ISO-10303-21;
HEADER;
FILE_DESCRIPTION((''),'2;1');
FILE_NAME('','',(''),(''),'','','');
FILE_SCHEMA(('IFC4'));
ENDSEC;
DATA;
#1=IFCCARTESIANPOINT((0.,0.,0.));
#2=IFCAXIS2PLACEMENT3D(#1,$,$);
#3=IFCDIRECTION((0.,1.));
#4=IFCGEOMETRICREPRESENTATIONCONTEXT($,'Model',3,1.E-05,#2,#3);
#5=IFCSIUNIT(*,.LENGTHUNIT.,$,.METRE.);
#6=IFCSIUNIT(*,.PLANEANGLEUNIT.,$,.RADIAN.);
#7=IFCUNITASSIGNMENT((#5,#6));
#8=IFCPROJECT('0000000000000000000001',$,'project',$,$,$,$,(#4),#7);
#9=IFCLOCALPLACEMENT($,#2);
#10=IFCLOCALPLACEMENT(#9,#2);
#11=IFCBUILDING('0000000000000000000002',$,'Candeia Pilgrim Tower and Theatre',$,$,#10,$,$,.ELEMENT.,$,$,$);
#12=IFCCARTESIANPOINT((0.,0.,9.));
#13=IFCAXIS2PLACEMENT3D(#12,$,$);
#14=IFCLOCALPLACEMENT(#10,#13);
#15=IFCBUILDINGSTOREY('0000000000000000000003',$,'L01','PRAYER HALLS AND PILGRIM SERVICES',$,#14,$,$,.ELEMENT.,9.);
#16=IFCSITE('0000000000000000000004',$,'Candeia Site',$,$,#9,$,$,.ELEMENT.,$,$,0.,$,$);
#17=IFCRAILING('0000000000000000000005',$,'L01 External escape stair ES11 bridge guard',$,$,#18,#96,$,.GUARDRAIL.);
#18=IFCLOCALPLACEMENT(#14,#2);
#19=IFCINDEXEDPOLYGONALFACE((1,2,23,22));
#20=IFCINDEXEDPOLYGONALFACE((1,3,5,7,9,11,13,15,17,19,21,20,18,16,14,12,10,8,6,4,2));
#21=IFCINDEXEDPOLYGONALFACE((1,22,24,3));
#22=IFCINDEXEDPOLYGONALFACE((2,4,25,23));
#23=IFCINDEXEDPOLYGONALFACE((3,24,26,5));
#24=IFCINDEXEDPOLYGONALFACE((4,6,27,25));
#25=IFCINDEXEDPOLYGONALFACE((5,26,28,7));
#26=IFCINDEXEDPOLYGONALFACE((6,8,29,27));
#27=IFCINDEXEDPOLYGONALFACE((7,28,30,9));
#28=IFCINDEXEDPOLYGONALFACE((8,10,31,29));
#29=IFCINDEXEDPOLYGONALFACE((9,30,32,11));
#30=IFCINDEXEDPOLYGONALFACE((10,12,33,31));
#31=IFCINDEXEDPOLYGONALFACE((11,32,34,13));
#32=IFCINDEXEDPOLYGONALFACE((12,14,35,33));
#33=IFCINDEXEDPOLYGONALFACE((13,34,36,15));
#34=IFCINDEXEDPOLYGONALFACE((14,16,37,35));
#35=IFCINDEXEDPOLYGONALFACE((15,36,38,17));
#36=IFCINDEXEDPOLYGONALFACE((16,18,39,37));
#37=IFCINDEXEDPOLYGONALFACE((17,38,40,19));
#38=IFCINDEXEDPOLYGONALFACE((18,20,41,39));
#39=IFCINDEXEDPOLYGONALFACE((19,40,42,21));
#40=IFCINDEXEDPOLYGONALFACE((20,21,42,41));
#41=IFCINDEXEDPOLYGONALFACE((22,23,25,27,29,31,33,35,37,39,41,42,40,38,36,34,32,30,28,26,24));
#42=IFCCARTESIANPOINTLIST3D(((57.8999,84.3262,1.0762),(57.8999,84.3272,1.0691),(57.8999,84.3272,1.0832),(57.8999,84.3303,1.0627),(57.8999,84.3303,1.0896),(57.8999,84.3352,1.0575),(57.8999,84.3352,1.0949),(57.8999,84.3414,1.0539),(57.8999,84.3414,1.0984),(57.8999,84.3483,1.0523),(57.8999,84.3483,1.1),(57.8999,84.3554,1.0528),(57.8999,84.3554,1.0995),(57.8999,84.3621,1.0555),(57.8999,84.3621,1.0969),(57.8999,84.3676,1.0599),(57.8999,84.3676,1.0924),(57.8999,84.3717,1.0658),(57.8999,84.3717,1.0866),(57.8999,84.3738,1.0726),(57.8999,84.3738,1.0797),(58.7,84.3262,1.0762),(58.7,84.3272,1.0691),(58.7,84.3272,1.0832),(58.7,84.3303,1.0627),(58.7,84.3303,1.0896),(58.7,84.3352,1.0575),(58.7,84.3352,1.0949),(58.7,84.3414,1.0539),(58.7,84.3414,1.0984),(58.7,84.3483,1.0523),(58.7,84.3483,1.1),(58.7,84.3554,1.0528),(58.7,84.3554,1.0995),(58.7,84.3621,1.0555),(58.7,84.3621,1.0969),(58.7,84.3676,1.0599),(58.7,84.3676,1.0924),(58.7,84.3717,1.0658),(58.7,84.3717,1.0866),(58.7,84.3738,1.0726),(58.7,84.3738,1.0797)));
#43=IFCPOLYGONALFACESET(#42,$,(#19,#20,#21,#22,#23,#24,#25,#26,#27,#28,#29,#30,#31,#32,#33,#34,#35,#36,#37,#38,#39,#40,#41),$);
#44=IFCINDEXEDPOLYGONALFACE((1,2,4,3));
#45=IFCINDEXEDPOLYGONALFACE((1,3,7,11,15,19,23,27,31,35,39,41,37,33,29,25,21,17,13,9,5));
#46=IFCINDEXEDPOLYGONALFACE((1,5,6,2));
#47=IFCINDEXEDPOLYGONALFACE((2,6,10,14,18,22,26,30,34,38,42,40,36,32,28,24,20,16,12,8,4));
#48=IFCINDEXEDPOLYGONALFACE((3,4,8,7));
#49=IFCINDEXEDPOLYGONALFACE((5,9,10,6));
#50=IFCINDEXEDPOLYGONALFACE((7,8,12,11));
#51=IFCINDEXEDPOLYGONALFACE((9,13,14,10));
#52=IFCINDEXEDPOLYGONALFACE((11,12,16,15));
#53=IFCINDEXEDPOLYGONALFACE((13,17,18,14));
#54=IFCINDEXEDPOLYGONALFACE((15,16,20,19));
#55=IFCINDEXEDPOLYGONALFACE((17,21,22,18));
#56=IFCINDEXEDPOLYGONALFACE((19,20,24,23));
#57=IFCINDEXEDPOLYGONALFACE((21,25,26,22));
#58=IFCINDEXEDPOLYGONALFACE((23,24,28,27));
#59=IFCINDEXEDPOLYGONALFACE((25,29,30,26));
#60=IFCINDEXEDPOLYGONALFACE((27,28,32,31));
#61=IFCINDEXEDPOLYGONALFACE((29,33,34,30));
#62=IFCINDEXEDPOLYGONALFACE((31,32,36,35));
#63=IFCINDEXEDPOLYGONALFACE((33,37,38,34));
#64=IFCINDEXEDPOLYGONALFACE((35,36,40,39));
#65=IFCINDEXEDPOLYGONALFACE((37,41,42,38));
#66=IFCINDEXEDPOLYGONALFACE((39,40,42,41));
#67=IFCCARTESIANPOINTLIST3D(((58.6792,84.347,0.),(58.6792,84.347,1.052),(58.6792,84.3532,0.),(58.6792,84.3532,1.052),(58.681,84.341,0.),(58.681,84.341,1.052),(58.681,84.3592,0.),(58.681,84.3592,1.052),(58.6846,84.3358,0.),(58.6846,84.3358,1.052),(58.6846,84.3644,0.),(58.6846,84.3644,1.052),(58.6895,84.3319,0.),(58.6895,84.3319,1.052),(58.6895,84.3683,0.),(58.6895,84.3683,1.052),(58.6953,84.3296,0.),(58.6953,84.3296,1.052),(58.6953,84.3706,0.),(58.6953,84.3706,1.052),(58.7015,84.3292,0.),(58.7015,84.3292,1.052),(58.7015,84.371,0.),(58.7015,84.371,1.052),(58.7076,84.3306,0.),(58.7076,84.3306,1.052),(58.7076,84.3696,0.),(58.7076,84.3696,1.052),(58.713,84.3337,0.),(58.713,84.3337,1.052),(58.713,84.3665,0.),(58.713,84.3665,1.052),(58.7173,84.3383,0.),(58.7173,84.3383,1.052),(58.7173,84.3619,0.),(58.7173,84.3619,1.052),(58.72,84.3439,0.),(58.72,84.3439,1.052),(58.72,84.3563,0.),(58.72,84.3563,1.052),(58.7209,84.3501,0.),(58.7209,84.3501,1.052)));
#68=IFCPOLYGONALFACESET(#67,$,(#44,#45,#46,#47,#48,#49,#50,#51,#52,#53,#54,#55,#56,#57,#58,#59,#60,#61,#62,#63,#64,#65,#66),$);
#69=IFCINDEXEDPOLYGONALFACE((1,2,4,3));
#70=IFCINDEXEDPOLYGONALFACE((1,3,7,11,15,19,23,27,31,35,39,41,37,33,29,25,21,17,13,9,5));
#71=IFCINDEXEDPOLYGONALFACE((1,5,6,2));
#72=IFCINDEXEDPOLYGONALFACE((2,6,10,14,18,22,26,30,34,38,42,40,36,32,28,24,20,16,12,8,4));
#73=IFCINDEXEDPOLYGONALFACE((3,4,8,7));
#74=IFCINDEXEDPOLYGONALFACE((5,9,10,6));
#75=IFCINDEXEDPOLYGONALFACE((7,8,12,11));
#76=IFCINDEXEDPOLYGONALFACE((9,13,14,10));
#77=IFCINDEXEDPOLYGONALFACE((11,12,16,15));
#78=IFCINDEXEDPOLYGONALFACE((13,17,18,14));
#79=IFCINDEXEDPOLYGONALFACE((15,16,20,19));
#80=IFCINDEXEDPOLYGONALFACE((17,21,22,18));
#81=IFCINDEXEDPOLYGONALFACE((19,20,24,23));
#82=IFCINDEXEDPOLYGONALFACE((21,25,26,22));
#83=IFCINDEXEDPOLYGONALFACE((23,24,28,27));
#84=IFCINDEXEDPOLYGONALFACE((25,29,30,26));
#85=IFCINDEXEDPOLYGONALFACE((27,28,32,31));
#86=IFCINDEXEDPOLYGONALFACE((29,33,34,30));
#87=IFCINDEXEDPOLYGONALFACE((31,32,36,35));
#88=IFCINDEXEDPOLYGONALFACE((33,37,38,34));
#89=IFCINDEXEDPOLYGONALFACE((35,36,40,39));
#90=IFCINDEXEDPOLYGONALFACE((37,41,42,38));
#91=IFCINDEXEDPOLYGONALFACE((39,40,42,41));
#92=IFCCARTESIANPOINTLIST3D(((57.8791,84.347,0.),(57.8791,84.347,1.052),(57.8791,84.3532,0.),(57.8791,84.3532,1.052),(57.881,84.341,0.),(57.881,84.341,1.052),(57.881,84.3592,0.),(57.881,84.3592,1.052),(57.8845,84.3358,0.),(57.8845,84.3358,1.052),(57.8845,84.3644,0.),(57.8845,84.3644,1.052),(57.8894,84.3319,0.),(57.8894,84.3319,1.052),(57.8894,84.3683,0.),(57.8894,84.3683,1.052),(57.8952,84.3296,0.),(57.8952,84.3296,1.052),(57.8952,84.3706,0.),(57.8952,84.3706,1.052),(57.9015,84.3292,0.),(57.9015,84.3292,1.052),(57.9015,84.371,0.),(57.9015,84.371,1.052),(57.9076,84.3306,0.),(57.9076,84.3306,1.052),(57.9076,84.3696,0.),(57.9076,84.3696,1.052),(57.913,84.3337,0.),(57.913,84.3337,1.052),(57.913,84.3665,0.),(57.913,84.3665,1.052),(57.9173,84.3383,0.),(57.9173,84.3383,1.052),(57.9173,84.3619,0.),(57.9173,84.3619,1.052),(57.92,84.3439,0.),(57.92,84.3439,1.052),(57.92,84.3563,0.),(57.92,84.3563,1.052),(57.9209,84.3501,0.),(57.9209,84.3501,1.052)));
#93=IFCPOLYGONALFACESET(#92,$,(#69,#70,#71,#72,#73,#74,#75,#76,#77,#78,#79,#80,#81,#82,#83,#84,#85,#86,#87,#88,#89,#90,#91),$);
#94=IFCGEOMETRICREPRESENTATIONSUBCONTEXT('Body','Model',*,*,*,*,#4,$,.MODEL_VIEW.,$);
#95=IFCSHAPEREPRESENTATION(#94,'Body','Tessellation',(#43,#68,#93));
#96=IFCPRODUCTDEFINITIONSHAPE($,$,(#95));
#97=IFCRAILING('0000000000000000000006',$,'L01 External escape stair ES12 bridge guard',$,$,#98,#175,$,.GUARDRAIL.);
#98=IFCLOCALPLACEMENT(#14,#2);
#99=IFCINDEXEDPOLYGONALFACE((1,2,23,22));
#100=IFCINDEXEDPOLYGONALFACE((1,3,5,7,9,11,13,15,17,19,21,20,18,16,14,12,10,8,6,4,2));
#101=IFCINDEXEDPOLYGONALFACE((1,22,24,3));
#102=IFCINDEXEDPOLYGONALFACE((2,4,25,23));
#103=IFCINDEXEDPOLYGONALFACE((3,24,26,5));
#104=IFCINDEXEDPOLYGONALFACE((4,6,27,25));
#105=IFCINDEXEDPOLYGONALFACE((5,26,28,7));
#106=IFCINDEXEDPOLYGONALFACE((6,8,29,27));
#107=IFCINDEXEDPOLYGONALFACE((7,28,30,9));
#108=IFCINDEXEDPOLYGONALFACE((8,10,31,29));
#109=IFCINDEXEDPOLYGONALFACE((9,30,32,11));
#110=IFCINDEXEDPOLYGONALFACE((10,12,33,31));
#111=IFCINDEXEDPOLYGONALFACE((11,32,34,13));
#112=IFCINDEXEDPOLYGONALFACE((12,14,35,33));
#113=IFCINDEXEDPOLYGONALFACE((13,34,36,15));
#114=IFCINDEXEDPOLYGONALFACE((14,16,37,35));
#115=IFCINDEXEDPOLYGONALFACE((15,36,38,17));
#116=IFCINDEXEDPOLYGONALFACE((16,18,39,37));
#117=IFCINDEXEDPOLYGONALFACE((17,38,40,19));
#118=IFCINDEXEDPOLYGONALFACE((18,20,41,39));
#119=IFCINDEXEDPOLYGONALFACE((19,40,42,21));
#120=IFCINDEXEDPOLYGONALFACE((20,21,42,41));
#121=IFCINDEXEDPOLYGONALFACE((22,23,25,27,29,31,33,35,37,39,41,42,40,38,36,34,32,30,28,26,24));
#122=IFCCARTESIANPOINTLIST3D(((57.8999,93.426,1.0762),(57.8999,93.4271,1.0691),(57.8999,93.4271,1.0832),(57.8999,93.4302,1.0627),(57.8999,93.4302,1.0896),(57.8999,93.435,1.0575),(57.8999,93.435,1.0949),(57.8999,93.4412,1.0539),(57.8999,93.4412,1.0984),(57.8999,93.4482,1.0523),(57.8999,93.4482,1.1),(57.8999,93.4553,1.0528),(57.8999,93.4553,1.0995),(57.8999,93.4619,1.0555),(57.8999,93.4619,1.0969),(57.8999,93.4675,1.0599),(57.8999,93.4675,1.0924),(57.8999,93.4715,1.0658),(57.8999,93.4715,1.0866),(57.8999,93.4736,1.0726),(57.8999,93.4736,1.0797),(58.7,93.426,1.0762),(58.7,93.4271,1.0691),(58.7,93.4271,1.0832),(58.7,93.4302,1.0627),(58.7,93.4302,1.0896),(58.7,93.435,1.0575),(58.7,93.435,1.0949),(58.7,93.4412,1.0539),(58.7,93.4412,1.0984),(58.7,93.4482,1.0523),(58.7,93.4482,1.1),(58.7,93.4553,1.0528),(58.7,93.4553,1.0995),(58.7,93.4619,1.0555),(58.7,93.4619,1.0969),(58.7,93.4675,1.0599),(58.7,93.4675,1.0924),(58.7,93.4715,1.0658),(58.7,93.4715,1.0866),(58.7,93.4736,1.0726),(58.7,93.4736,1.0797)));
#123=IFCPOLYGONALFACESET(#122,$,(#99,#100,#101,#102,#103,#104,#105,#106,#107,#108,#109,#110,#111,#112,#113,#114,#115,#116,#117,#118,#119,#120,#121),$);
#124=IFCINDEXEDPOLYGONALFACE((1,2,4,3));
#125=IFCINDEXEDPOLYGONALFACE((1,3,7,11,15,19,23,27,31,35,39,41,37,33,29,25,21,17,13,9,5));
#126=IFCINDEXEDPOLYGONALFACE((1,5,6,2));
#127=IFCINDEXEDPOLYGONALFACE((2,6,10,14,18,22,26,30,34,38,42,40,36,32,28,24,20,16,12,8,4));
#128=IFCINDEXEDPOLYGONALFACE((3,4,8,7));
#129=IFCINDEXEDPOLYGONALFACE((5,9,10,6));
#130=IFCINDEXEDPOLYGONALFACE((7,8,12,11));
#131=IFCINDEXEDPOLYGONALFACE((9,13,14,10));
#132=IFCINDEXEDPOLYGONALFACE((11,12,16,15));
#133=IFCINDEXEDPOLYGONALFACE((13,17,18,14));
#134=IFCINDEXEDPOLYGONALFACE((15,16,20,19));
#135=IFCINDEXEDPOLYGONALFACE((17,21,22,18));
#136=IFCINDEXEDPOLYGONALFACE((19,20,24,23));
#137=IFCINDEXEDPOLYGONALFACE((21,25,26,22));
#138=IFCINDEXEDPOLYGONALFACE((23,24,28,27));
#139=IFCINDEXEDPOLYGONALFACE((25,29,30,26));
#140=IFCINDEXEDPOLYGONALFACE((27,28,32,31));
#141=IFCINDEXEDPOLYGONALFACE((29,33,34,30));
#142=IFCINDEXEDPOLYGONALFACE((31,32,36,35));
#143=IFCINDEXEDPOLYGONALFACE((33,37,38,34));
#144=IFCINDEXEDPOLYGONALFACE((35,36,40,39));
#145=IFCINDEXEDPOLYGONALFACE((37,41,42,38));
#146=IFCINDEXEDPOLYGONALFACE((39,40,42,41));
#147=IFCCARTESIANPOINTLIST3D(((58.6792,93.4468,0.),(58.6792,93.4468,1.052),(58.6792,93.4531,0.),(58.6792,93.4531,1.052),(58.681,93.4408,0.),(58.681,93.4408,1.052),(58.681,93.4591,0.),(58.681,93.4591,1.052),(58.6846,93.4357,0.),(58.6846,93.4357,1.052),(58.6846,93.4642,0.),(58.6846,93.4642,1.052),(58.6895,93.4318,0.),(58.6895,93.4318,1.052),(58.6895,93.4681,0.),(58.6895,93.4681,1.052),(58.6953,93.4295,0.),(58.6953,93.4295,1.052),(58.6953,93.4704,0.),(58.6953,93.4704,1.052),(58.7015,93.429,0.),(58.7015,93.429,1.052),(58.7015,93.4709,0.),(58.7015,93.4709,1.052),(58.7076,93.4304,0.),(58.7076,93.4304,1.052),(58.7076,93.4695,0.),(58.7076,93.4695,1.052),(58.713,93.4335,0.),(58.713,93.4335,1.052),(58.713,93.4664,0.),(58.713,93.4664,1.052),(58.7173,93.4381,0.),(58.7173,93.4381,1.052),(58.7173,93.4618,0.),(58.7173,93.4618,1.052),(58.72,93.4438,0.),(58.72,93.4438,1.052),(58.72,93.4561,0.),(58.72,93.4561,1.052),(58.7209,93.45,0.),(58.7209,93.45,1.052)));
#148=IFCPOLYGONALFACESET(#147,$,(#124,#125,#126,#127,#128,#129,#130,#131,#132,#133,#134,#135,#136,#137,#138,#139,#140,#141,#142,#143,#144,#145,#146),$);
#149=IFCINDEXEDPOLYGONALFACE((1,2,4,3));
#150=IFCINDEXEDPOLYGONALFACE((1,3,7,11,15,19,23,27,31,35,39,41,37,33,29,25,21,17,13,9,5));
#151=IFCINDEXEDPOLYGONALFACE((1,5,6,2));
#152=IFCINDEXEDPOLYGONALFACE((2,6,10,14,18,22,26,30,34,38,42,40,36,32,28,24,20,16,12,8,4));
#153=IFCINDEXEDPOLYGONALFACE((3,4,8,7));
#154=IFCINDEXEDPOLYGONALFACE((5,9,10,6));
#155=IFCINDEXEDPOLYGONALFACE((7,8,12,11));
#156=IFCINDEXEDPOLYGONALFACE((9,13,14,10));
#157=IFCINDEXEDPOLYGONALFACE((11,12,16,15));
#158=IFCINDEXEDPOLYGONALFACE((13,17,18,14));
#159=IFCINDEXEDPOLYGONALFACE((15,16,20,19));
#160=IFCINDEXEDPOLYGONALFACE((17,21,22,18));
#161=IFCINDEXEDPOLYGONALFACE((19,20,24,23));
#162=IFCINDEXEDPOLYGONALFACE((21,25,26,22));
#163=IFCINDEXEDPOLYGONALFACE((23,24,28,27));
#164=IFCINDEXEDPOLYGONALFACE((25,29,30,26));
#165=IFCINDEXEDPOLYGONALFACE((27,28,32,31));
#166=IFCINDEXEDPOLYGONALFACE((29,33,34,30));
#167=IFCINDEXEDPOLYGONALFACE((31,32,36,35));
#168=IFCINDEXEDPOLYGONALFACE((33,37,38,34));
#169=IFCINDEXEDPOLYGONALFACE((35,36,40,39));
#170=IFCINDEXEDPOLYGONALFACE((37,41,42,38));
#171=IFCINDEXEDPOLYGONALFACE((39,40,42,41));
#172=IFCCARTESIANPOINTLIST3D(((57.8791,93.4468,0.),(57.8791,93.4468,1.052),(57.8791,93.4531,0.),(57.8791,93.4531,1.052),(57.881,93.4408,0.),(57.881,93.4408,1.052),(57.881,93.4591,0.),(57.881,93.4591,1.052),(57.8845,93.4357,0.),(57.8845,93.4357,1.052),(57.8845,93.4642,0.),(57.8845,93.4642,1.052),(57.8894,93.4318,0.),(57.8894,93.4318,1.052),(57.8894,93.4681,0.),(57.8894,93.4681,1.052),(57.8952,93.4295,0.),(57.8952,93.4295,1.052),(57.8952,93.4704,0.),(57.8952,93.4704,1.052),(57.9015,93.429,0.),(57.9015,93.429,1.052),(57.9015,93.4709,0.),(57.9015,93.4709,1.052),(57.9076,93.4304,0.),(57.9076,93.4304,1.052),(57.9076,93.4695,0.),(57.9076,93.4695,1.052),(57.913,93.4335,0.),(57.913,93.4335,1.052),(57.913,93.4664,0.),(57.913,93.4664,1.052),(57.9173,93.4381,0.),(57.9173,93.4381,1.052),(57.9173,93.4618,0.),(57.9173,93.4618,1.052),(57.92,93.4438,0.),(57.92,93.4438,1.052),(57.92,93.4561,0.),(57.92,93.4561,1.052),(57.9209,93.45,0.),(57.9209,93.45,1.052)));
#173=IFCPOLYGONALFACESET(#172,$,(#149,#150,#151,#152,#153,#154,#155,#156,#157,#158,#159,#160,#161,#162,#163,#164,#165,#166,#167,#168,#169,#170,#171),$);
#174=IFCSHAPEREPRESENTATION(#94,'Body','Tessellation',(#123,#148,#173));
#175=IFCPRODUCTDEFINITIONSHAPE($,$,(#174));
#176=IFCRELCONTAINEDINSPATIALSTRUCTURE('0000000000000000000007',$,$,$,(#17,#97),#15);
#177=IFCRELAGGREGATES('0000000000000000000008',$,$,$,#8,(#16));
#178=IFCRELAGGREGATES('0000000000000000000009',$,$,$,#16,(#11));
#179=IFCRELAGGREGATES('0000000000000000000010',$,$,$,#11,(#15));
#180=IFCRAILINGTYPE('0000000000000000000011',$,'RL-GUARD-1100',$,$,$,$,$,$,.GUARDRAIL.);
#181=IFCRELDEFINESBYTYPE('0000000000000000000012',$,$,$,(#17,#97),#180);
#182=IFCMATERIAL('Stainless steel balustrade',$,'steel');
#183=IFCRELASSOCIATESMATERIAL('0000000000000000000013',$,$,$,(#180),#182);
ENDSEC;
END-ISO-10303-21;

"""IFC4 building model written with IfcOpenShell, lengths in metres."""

from ifc_helpers import new_model, si_unit, direction, frame, origin, origin_2d, place, context, subcontext, project, spatial, circle, extrude, material, type_object, element, save


model = new_model("IFC4")

# Units and contexts
model_context = context("Model", 3, precision=1e-05, world=origin(), true_north=direction((0.0, 1.0)))
body_context = subcontext(model_context, "Body", "Model", "MODEL_VIEW")
ifc_project = project(units=[si_unit("LENGTHUNIT", "METRE"), si_unit("PLANEANGLEUNIT", "RADIAN")], contexts=[model_context])

# Site, building, storey
site_placement = place(None, origin())
site = spatial("IfcSite", under=ifc_project, at=site_placement, Name="Candeia Site", CompositionType="ELEMENT", RefElevation=0.0)
building_placement = place(site_placement, origin())
building = spatial("IfcBuilding", under=site, at=building_placement, Name="Candeia Pilgrim Tower and Theatre", CompositionType="ELEMENT")
storey_placement = place(building_placement, frame((0.0, 0.0, 9.0)))
storey = spatial("IfcBuildingStorey", under=building, at=storey_placement, Name="L01", Description="PRAYER HALLS AND PILGRIM SERVICES", CompositionType="ELEMENT", Elevation=9.0)

# Railings
ifc_material_1 = material(Name="Stainless steel balustrade", Category="steel")
railing_type_1 = type_object("IfcRailingType", Name="RL-GUARD-1100", PredefinedType="GUARDRAIL", material=ifc_material_1)
railing_1_placement = place(storey_placement, frame((58.7, 84.3501, 0.0)))
element("IfcRailing", 1, at=railing_1_placement, inside=storey, type_object=railing_type_1, Name="L01 External escape stair ES11 bridge guard", PredefinedType="GUARDRAIL", context=body_context, shape_type="SweptSolid", body=[
    extrude(circle(Radius=0.0239, at=origin_2d()), frame((0.0, 0.0, 1.0762), z_axis=(-1.0, 0.0, 0.0), x_axis=(0.0, -1.0, 0.0)), (0.0, 0.0, 1.0), 0.8),
    extrude(circle(Radius=0.021, at=origin_2d()), origin(), (0.0, 0.0, 1.0), 1.052),
    extrude(circle(Radius=0.021, at=origin_2d()), frame((-0.8, 0.0, 0.0)), (0.0, 0.0, 1.0), 1.052),
])
railing_2_placement = place(storey_placement, frame((58.7, 93.45, 0.0)))
element("IfcRailing", 2, at=railing_2_placement, inside=storey, type_object=railing_type_1, Name="L01 External escape stair ES12 bridge guard", PredefinedType="GUARDRAIL", context=body_context, shape_type="SweptSolid", body=[
    extrude(circle(Radius=0.0239, at=origin_2d()), frame((0.0, 0.0, 1.0762), z_axis=(-1.0, 0.0, 0.0), x_axis=(0.0, -1.0, 0.0)), (0.0, 0.0, 1.0), 0.8),
    extrude(circle(Radius=0.021, at=origin_2d()), origin(), (0.0, 0.0, 1.0), 1.052),
    extrude(circle(Radius=0.021, at=origin_2d()), frame((-0.8, 0.0, 0.0)), (0.0, 0.0, 1.0), 1.052),
])

save(model, "model.ifc")
